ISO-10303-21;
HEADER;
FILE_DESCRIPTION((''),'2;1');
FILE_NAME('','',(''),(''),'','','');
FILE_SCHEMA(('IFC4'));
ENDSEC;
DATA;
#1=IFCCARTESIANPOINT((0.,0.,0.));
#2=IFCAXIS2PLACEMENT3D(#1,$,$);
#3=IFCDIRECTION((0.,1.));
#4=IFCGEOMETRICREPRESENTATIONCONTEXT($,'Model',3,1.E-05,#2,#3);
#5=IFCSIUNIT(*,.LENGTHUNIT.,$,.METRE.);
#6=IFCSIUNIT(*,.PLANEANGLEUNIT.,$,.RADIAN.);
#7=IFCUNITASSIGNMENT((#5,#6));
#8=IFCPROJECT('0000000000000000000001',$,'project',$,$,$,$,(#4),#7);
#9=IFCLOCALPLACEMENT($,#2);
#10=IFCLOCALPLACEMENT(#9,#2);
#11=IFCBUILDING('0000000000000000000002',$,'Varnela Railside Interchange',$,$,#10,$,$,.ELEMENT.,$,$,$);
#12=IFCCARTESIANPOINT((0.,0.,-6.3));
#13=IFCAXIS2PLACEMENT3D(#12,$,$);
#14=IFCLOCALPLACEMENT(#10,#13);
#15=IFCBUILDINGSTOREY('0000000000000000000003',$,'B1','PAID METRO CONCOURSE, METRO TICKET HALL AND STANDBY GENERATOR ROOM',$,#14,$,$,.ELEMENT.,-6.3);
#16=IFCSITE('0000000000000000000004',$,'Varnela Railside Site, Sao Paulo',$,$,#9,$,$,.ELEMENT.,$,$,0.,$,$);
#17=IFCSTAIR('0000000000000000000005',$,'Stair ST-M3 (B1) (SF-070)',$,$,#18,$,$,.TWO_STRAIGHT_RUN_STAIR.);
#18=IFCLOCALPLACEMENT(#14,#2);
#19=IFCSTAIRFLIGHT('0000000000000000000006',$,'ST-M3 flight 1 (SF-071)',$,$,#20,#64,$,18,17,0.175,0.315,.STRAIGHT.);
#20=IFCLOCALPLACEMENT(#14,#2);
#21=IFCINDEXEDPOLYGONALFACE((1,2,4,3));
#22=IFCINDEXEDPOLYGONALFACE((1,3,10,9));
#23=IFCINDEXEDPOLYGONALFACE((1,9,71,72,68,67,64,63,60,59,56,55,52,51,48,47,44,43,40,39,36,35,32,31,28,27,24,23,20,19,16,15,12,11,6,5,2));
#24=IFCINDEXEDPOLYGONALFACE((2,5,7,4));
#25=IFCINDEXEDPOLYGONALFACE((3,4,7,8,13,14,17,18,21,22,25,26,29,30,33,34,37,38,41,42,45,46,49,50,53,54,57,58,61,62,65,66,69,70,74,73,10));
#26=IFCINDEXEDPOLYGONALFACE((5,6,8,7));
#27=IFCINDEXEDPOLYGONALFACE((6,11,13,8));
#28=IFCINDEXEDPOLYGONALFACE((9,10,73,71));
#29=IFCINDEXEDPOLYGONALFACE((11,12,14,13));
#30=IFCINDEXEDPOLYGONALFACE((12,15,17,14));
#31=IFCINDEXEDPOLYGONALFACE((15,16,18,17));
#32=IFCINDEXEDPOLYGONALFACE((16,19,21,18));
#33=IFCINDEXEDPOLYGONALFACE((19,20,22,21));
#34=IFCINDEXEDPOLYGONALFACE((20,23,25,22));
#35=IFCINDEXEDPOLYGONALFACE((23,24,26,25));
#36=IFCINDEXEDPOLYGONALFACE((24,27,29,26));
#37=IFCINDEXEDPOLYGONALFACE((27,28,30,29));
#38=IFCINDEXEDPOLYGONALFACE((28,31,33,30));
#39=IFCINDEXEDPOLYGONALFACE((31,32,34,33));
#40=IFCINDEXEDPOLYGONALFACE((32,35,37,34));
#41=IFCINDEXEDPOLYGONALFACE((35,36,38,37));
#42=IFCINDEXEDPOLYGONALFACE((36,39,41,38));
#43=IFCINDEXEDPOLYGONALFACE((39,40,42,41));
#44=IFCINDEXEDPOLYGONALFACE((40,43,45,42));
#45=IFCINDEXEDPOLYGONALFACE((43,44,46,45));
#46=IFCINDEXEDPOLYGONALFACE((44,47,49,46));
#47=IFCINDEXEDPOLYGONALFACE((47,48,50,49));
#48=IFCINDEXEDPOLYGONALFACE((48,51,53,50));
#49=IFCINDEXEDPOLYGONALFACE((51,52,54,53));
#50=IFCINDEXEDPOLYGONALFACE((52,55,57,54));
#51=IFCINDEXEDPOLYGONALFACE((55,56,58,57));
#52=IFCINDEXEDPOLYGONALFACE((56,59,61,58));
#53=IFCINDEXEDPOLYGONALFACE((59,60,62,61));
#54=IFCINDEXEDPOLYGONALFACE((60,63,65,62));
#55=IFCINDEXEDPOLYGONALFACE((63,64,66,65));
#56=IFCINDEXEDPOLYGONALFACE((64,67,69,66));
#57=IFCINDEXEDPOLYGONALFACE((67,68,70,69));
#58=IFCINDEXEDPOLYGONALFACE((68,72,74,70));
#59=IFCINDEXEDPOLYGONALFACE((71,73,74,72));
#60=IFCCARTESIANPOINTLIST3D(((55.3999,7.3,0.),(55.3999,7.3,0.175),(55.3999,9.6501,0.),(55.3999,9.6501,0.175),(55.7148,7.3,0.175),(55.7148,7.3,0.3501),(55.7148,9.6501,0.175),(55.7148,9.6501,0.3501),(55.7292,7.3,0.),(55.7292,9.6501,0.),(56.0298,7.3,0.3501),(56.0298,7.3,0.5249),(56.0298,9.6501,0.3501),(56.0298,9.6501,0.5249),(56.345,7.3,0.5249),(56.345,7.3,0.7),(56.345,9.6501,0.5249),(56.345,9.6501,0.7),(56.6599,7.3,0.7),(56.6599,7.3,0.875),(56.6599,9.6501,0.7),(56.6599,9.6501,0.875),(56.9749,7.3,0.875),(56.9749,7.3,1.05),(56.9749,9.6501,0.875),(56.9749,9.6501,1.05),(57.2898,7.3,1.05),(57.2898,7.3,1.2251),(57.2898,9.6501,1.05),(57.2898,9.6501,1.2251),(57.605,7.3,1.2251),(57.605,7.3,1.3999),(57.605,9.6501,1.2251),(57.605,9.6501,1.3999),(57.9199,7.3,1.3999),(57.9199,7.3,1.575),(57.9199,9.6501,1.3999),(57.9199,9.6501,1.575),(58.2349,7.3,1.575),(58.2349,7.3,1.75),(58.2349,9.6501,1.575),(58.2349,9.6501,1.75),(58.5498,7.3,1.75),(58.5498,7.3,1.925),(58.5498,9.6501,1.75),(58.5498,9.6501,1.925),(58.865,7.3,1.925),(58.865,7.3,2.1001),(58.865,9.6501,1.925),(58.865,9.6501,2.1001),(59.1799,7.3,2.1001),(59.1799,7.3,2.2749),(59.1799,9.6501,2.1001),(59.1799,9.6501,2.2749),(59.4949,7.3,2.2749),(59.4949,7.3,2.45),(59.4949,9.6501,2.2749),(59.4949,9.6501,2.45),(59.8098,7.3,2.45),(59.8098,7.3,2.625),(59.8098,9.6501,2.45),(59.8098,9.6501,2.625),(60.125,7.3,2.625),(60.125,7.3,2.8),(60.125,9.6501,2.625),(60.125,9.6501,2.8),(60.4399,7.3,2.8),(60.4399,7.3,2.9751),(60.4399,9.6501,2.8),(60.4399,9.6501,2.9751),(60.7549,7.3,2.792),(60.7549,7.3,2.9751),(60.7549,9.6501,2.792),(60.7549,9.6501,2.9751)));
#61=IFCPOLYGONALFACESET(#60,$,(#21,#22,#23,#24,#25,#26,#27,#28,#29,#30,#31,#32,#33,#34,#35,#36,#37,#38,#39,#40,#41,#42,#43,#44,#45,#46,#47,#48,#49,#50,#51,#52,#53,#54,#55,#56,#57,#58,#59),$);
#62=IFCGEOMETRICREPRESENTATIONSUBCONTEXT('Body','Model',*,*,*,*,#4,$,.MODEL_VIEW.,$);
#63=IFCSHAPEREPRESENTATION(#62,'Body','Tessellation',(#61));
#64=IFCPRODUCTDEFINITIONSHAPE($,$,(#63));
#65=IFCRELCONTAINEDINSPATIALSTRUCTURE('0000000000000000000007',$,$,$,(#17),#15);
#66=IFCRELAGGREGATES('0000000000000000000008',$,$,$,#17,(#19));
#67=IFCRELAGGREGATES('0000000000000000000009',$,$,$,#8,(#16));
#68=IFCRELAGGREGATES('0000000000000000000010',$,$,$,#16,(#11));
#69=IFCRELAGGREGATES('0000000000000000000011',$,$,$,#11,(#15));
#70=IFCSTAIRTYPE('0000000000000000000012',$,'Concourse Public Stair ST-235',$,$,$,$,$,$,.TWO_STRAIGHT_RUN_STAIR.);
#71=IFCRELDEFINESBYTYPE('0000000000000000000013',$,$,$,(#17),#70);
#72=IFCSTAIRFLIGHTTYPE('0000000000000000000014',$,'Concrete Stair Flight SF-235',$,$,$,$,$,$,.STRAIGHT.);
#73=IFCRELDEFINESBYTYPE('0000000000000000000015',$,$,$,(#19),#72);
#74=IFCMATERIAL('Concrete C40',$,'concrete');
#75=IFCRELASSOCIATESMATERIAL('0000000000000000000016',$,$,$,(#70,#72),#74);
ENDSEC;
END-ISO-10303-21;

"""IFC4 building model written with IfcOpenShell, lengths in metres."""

from ifc_helpers import new_model, si_unit, direction, frame, origin, place, context, subcontext, project, spatial, polyline, outline, extrude, material, type_object, element, aggregate, save


model = new_model("IFC4")

# Units and contexts
model_context = context("Model", 3, precision=1e-05, world=origin(), true_north=direction((0.0, 1.0)))
body_context = subcontext(model_context, "Body", "Model", "MODEL_VIEW")
ifc_project = project(units=[si_unit("LENGTHUNIT", "METRE"), si_unit("PLANEANGLEUNIT", "RADIAN")], contexts=[model_context])

# Site, building, storey
site_placement = place(None, origin())
site = spatial("IfcSite", under=ifc_project, at=site_placement, Name="Varnela Railside Site, Sao Paulo", CompositionType="ELEMENT", RefElevation=0.0)
building_placement = place(site_placement, origin())
building = spatial("IfcBuilding", under=site, at=building_placement, Name="Varnela Railside Interchange", CompositionType="ELEMENT")
storey_placement = place(building_placement, frame((0.0, 0.0, -6.3)))
storey = spatial("IfcBuildingStorey", under=building, at=storey_placement, Name="B1", Description="PAID METRO CONCOURSE, METRO TICKET HALL AND STANDBY GENERATOR ROOM", CompositionType="ELEMENT", Elevation=-6.3)

# Shared definitions
ifc_material_1 = material(Name="Concrete C40", Category="concrete")

# Stair, stair flight
stair_type = type_object("IfcStairType", Name="Concourse Public Stair ST-235", PredefinedType="TWO_STRAIGHT_RUN_STAIR", material=ifc_material_1)
stair_placement = place(storey_placement, origin())
stair = element("IfcStair", 1, at=stair_placement, inside=storey, type_object=stair_type, Name="Stair ST-M3 (B1) (SF-070)", PredefinedType="TWO_STRAIGHT_RUN_STAIR")
stair_flight_type = type_object("IfcStairFlightType", Name="Concrete Stair Flight SF-235", PredefinedType="STRAIGHT", material=ifc_material_1)
stair_flight_placement = place(storey_placement, frame((55.3999, 8.4751, 0.0), z_axis=(0.0, 0.0, 1.0), x_axis=(1.0, 0.0, 0.0)))
stair_flight = element("IfcStairFlight", 2, at=stair_flight_placement, type_object=stair_flight_type, Name="ST-M3 flight 1 (SF-071)", NumberOfRisers=18, NumberOfTreads=17, PredefinedType="STRAIGHT", RiserHeight=0.175, TreadLength=0.315, context=body_context, shape_type="SweptSolid", body=[
    extrude(outline(polyline([(0.0, 0.0), (0.0, 0.175), (0.3149, 0.175), (0.3149, 0.3501), (0.6299, 0.3501), (0.6299, 0.5249), (0.9451, 0.5249), (0.9451, 0.7), (1.26, 0.7), (1.26, 0.875), (1.575, 0.875), (1.575, 1.05), (1.8899, 1.05), (1.8899, 1.2251), (2.2051, 1.2251), (2.2051, 1.3999), (2.52, 1.3999), (2.52, 1.575), (2.835, 1.575), (2.835, 1.75), (3.1499, 1.75), (3.1499, 1.925), (3.4651, 1.925), (3.4651, 2.1001), (3.78, 2.1001), (3.78, 2.2749), (4.095, 2.2749), (4.095, 2.45), (4.4099, 2.45), (4.4099, 2.625), (4.7251, 2.625), (4.7251, 2.8), (5.04, 2.8), (5.04, 2.9751), (5.355, 2.9751), (5.355, 3.1499), (5.355, 2.792), (0.3293, 0.0), (0.0, 0.0)])), frame((0.0, 1.175, 0.0), z_axis=(0.0, -1.0, 0.0), x_axis=(1.0, 0.0, 0.0)), (0.0, 0.0, 1.0), 2.3501),
])
aggregate(stair, [stair_flight])

save(model, "model.ifc")
